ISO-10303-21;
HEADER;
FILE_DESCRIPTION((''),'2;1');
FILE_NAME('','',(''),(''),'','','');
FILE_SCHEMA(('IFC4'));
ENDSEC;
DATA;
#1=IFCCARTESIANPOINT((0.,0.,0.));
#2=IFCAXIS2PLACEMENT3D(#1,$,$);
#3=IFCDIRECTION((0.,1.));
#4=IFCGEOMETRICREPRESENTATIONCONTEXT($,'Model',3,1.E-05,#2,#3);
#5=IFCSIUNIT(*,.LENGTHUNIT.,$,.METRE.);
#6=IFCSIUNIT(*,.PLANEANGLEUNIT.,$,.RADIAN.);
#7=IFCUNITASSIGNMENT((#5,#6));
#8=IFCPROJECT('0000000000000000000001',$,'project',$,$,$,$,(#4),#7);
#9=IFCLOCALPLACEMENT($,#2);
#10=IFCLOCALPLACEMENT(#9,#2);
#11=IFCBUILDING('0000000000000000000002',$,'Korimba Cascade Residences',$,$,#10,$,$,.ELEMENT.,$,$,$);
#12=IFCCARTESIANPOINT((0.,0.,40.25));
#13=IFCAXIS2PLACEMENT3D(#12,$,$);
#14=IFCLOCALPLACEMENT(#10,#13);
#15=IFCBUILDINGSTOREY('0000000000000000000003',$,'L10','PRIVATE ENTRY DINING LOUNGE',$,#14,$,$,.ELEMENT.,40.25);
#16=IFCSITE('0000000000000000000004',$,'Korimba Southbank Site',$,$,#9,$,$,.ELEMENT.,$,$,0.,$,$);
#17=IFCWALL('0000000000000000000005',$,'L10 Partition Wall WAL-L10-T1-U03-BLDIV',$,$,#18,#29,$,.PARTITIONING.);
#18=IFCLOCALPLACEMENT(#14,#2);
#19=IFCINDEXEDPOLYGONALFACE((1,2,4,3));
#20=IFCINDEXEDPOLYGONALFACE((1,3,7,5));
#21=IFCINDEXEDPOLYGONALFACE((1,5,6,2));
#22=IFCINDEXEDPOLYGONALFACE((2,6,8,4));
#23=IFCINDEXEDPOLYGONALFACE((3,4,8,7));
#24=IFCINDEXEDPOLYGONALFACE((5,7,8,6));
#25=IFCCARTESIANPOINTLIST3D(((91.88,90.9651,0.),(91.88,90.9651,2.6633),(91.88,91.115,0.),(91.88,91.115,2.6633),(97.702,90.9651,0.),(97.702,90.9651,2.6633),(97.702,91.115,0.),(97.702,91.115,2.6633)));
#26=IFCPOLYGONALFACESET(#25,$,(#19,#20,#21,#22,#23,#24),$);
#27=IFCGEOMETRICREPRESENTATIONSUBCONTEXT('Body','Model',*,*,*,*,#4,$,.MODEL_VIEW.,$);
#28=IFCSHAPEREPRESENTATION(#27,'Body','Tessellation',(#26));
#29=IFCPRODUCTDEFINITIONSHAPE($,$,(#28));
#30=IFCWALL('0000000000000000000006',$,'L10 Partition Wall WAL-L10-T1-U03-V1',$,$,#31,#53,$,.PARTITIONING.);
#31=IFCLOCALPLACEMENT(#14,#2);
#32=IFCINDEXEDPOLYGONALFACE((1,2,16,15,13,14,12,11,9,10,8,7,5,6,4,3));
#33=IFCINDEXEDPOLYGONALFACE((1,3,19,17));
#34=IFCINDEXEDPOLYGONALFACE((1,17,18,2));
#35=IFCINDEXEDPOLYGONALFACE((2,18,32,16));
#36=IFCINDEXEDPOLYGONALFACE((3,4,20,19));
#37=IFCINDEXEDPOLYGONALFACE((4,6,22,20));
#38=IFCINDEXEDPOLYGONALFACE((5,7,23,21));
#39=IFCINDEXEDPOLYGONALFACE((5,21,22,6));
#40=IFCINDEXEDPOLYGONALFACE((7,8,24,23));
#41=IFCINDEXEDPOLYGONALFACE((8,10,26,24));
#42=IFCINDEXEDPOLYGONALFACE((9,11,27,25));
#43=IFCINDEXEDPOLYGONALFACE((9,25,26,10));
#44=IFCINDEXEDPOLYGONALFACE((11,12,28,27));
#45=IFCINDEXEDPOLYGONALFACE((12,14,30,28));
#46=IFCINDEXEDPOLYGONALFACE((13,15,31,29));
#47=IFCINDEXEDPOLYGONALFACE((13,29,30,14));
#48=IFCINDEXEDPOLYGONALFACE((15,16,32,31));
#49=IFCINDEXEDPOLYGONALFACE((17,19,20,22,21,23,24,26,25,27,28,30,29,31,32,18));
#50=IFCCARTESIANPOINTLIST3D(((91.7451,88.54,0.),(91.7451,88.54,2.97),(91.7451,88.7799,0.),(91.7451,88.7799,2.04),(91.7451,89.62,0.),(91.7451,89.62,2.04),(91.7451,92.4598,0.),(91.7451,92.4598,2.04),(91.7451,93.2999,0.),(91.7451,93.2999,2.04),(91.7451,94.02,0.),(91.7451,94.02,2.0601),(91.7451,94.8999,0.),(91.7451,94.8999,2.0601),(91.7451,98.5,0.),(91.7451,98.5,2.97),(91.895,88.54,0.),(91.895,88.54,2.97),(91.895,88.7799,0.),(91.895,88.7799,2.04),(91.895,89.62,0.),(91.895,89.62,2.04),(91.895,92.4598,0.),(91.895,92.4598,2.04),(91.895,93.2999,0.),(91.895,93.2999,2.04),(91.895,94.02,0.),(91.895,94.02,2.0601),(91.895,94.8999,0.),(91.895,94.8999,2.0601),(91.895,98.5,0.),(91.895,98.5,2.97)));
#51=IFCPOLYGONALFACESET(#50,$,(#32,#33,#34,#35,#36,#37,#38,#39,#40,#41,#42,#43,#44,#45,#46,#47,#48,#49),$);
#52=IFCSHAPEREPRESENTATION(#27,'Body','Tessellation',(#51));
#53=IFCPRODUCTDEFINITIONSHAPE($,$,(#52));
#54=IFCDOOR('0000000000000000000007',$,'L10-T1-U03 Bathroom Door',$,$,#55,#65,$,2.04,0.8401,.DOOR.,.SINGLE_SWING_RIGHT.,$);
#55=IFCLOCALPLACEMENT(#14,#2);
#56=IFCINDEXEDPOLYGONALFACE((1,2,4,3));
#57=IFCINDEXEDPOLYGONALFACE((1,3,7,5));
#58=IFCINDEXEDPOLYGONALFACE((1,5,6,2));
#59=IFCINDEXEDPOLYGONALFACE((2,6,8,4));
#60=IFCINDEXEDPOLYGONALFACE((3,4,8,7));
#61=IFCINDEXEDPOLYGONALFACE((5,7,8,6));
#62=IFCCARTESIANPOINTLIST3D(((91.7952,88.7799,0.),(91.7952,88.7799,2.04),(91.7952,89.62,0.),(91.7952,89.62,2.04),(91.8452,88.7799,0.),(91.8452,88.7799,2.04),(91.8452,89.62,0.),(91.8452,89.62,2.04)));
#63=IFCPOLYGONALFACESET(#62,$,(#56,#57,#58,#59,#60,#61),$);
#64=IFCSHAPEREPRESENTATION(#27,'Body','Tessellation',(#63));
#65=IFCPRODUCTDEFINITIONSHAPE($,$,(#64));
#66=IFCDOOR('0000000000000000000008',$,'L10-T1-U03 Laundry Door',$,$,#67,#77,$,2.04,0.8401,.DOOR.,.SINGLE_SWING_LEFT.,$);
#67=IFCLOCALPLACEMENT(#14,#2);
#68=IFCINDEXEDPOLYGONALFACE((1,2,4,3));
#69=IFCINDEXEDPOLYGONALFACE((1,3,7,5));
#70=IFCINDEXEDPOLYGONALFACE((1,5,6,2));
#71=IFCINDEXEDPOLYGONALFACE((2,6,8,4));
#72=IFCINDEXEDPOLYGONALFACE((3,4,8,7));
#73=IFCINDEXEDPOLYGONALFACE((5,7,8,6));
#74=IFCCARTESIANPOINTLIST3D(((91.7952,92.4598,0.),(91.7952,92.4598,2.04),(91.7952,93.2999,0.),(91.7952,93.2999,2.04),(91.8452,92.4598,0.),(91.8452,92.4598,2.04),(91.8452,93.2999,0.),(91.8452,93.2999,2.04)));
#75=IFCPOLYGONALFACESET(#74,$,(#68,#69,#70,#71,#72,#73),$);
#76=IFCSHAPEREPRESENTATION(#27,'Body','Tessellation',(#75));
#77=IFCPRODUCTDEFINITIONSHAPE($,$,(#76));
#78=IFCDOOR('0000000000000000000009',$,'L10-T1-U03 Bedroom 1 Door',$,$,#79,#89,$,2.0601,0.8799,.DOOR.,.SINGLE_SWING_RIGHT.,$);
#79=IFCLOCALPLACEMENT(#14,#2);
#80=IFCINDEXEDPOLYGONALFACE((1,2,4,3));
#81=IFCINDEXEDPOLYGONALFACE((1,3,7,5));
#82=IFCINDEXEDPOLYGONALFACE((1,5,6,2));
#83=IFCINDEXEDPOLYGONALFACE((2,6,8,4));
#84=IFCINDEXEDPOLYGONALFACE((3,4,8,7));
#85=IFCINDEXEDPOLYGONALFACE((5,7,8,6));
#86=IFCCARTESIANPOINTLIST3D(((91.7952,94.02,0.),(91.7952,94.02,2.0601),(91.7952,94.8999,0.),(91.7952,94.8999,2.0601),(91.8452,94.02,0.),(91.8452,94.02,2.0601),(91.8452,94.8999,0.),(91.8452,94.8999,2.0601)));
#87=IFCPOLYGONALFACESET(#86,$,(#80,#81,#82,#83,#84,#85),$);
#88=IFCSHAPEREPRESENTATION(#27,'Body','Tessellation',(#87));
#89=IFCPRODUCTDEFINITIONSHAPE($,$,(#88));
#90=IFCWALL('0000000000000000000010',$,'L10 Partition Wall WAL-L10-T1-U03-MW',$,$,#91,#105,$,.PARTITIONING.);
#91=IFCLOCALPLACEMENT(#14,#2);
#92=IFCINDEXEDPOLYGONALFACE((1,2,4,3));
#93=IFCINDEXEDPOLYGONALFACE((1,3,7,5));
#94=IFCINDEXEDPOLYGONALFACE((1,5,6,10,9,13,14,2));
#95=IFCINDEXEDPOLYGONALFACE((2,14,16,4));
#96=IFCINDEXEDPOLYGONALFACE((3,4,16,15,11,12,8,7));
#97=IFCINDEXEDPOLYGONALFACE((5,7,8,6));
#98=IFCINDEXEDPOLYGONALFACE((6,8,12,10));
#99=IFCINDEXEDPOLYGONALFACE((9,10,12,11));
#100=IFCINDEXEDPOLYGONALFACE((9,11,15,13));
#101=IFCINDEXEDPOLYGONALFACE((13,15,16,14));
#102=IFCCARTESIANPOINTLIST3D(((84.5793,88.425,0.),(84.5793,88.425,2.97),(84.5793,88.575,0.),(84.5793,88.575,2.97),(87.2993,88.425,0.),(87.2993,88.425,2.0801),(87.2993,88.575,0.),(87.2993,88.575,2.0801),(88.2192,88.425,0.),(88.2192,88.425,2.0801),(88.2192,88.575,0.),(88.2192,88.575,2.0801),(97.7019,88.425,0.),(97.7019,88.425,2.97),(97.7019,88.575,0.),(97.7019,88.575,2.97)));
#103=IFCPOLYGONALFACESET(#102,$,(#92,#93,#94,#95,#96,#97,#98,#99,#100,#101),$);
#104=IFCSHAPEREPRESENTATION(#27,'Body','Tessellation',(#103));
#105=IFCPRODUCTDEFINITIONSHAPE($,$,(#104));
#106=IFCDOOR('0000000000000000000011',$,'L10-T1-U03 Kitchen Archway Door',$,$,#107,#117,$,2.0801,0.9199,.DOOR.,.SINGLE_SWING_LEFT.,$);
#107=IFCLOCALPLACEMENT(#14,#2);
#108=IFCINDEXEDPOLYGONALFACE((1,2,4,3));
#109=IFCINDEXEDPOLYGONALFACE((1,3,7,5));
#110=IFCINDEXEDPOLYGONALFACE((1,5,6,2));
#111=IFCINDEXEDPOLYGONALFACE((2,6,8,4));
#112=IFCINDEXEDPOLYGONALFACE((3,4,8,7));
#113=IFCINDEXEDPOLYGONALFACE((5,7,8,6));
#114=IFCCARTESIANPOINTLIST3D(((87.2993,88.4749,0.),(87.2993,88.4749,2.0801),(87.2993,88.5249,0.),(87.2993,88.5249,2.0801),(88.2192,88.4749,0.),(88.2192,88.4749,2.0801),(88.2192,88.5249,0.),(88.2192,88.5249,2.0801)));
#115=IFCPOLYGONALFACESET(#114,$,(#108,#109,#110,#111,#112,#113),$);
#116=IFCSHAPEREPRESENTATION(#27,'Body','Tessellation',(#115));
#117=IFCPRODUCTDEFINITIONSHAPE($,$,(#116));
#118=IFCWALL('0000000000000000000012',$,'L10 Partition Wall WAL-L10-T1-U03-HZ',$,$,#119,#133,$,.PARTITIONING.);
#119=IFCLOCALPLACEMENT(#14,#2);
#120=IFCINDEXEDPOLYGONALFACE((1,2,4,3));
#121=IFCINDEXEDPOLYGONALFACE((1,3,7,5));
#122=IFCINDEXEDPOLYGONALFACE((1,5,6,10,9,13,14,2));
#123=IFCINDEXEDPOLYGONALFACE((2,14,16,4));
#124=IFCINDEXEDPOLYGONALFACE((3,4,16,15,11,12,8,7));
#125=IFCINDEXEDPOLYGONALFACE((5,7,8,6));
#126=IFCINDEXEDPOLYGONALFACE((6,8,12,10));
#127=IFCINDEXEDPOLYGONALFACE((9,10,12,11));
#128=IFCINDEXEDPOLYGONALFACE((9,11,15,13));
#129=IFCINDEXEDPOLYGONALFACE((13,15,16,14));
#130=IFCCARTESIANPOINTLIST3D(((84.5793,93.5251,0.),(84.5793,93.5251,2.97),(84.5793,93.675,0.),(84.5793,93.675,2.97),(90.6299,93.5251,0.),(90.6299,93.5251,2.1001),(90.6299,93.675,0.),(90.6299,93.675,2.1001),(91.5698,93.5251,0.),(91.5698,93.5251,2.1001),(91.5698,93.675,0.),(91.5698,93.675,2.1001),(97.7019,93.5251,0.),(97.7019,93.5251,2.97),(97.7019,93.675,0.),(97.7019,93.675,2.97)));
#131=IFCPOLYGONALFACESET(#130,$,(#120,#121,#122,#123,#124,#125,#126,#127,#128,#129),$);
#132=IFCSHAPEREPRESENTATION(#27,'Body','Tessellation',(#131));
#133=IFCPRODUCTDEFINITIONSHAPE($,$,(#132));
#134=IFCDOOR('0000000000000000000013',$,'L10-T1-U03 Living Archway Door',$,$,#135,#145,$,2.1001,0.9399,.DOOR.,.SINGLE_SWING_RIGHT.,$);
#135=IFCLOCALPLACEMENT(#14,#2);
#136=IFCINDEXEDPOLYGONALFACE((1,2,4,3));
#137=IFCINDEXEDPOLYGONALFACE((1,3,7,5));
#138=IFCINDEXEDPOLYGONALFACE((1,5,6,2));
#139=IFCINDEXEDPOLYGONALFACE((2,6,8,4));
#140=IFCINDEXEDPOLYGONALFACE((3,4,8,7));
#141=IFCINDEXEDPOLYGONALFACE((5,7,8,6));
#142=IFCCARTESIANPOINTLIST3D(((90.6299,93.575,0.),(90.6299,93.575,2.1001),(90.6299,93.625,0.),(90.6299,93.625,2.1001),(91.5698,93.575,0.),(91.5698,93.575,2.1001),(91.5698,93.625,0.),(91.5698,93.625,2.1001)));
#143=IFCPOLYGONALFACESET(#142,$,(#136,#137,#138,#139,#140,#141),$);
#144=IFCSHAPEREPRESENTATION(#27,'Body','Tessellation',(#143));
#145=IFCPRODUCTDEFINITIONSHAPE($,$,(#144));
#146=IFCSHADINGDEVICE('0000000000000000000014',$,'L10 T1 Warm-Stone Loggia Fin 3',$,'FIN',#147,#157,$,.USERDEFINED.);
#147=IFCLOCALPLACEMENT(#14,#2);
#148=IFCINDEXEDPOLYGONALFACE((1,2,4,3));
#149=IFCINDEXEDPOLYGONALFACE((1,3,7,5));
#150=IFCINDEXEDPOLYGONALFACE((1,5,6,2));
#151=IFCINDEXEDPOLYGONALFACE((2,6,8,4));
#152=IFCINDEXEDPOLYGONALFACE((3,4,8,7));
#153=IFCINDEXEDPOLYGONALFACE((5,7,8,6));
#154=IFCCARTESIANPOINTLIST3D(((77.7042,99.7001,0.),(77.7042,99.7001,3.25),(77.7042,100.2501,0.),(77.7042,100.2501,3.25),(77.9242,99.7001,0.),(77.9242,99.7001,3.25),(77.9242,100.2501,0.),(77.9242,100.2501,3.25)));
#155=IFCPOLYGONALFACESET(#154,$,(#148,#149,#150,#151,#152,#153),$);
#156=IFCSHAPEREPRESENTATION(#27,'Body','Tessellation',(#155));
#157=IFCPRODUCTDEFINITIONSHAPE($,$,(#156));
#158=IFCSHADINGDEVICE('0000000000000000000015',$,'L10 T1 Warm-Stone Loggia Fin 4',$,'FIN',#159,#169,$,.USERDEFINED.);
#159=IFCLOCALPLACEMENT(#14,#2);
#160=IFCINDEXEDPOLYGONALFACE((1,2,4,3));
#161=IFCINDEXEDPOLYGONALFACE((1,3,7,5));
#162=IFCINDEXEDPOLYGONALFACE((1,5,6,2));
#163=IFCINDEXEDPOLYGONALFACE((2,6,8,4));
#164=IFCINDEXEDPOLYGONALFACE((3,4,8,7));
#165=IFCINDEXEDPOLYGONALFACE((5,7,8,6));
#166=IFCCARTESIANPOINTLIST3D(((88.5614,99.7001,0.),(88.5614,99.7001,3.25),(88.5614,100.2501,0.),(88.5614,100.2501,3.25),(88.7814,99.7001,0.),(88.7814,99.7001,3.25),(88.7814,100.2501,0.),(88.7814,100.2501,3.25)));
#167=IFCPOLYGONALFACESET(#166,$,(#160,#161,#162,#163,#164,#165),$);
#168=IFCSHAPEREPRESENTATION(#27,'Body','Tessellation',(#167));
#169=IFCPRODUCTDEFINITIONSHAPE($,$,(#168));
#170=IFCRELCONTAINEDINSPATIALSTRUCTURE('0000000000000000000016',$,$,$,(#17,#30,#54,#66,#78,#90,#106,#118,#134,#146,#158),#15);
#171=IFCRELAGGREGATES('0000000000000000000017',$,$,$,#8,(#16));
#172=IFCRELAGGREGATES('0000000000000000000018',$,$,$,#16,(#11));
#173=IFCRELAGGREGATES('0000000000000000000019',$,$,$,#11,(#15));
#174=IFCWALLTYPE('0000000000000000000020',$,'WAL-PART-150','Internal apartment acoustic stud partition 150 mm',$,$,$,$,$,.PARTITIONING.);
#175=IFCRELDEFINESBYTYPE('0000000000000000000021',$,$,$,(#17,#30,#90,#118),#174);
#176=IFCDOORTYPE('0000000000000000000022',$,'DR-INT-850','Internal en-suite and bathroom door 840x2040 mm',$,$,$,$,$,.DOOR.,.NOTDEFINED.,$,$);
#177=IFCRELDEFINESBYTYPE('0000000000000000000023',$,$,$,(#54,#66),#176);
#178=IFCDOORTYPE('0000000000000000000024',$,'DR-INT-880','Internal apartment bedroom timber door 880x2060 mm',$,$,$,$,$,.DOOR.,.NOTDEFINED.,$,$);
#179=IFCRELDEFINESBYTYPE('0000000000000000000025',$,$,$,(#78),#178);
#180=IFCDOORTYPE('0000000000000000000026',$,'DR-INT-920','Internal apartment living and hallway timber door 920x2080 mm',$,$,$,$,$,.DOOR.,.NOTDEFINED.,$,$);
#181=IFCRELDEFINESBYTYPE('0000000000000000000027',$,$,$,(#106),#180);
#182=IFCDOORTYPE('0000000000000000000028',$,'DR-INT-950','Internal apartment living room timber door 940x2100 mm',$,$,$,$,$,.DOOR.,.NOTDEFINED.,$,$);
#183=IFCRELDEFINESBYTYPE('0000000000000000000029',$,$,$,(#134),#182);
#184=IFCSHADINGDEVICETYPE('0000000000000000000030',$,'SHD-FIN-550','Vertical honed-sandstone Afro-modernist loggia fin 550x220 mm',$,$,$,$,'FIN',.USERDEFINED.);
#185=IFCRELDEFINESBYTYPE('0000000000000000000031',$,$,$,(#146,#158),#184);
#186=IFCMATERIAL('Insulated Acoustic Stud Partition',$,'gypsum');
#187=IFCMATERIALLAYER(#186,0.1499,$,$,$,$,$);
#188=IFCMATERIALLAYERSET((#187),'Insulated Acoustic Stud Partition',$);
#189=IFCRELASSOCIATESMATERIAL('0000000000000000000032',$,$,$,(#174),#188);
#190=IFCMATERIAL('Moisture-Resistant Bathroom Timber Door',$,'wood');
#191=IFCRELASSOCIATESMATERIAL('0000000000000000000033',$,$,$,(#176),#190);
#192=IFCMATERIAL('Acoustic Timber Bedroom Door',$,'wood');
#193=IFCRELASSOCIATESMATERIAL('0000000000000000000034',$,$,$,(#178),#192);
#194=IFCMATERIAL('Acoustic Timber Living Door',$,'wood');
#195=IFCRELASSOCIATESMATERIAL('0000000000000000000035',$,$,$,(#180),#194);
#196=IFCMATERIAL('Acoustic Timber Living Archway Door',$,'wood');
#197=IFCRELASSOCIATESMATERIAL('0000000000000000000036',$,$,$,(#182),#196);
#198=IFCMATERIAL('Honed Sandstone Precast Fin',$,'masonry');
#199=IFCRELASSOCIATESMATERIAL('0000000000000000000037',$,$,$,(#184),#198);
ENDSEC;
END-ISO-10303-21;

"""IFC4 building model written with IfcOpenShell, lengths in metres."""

from ifc_helpers import new_model, si_unit, direction, frame, frame_2d, origin, origin_2d, place, context, subcontext, project, spatial, rectangle, extrude, material, layer, layer_set, type_object, element, fill, save


model = new_model("IFC4")

# Units and contexts
model_context = context("Model", 3, precision=1e-05, world=origin(), true_north=direction((0.0, 1.0)))
body_context = subcontext(model_context, "Body", "Model", "MODEL_VIEW")
ifc_project = project(units=[si_unit("LENGTHUNIT", "METRE"), si_unit("PLANEANGLEUNIT", "RADIAN")], contexts=[model_context])

# Site, building, storey
site_placement = place(None, origin())
site = spatial("IfcSite", under=ifc_project, at=site_placement, Name="Korimba Southbank Site", CompositionType="ELEMENT", RefElevation=0.0)
building_placement = place(site_placement, origin())
building = spatial("IfcBuilding", under=site, at=building_placement, Name="Korimba Cascade Residences", CompositionType="ELEMENT")
storey_placement = place(building_placement, frame((0.0, 0.0, 40.25)))
storey = spatial("IfcBuildingStorey", under=building, at=storey_placement, Name="L10", Description="PRIVATE ENTRY DINING LOUNGE", CompositionType="ELEMENT", Elevation=40.25)

# Wall
ifc_material_1 = material(Name="Insulated Acoustic Stud Partition", Category="gypsum")
ifc_layer = layer(ifc_material_1, 0.1499)
ifc_layer_set = layer_set([ifc_layer], Name="Insulated Acoustic Stud Partition")
wall_type = type_object("IfcWallType", Name="WAL-PART-150", Description="Internal apartment acoustic stud partition 150 mm", PredefinedType="PARTITIONING", material=ifc_layer_set)
wall_1_placement = place(storey_placement, frame((91.8799, 91.04, 0.0), z_axis=(0.0, 0.0, 1.0), x_axis=(1.0, 0.0, 0.0)))
element("IfcWall", 1, at=wall_1_placement, inside=storey, type_object=wall_type, Name="L10 Partition Wall WAL-L10-T1-U03-BLDIV", PredefinedType="PARTITIONING", context=body_context, shape_type="SweptSolid", body=[
    extrude(rectangle(XDim=5.822, YDim=0.1499, at=frame_2d((2.9111, 0.0))), origin(), (0.0, 0.0, 1.0), 2.6633),
])

# Wall, openings, doors
wall_2_placement = place(storey_placement, frame((91.8201, 88.54, 0.0), z_axis=(0.0, 0.0, 1.0), x_axis=(0.0, 1.0, 0.0)))
wall_2 = element("IfcWall", 2, at=wall_2_placement, inside=storey, type_object=wall_type, Name="L10 Partition Wall WAL-L10-T1-U03-V1", PredefinedType="PARTITIONING", context=body_context, shape_type="SweptSolid", body=[
    extrude(rectangle(XDim=9.96, YDim=0.1499, at=frame_2d((4.98, 0.0))), origin(), (0.0, 0.0, 1.0), 2.97),
])
opening_1_placement = place(wall_2_placement, frame((0.24, 0.0, 0.0)))
opening_1 = element("IfcOpeningElement", 3, at=opening_1_placement, cuts=wall_2, PredefinedType="OPENING", context=body_context, shape_type="SweptSolid", body=[
    extrude(rectangle(XDim=0.8401, YDim=2.04, at=frame_2d((0.4199, 1.02))), frame((0.0, 0.085, 0.0), z_axis=(0.0, -1.0, 0.0), x_axis=(1.0, 0.0, 0.0)), (0.0, 0.0, 1.0), 0.1699),
])
opening_2_placement = place(wall_2_placement, frame((3.9199, 0.0, 0.0)))
opening_2 = element("IfcOpeningElement", 4, at=opening_2_placement, cuts=wall_2, PredefinedType="OPENING", context=body_context, shape_type="SweptSolid", body=[
    extrude(rectangle(XDim=0.8401, YDim=2.04, at=frame_2d((0.4199, 1.02))), frame((0.0, 0.085, 0.0), z_axis=(0.0, -1.0, 0.0), x_axis=(1.0, 0.0, 0.0)), (0.0, 0.0, 1.0), 0.1699),
])
opening_3_placement = place(wall_2_placement, frame((5.48, 0.0, 0.0)))
opening_3 = element("IfcOpeningElement", 5, at=opening_3_placement, cuts=wall_2, PredefinedType="OPENING", context=body_context, shape_type="SweptSolid", body=[
    extrude(rectangle(XDim=0.8799, YDim=2.0601, at=frame_2d((0.4399, 1.03))), frame((0.0, 0.085, 0.0), z_axis=(0.0, -1.0, 0.0), x_axis=(1.0, 0.0, 0.0)), (0.0, 0.0, 1.0), 0.1699),
])
ifc_material_2 = material(Name="Moisture-Resistant Bathroom Timber Door", Category="wood")
door_type_1 = type_object("IfcDoorType", Name="DR-INT-850", Description="Internal en-suite and bathroom door 840x2040 mm", OperationType="NOTDEFINED", PredefinedType="DOOR", material=ifc_material_2)
door_1_placement = place(opening_1_placement, origin())
door_1 = element("IfcDoor", 6, at=door_1_placement, inside=storey, type_object=door_type_1, Name="L10-T1-U03 Bathroom Door", OperationType="SINGLE_SWING_RIGHT", OverallHeight=2.04, OverallWidth=0.8401, PredefinedType="DOOR", context=body_context, shape_type="SweptSolid", body=[
    extrude(rectangle(XDim=0.8401, YDim=2.04, at=frame_2d((0.4199, 1.02))), frame((0.0, 0.0249, 0.0), z_axis=(0.0, -1.0, 0.0), x_axis=(1.0, 0.0, 0.0)), (0.0, 0.0, 1.0), 0.05),
])
fill(opening_1, door_1)
door_2_placement = place(opening_2_placement, origin())
door_2 = element("IfcDoor", 7, at=door_2_placement, inside=storey, type_object=door_type_1, Name="L10-T1-U03 Laundry Door", OperationType="SINGLE_SWING_LEFT", OverallHeight=2.04, OverallWidth=0.8401, PredefinedType="DOOR", context=body_context, shape_type="SweptSolid", body=[
    extrude(rectangle(XDim=0.8401, YDim=2.04, at=frame_2d((0.4199, 1.02))), frame((0.0, 0.0249, 0.0), z_axis=(0.0, -1.0, 0.0), x_axis=(1.0, 0.0, 0.0)), (0.0, 0.0, 1.0), 0.05),
])
fill(opening_2, door_2)
ifc_material_3 = material(Name="Acoustic Timber Bedroom Door", Category="wood")
door_type_2 = type_object("IfcDoorType", Name="DR-INT-880", Description="Internal apartment bedroom timber door 880x2060 mm", OperationType="NOTDEFINED", PredefinedType="DOOR", material=ifc_material_3)
door_3_placement = place(opening_3_placement, origin())
door_3 = element("IfcDoor", 8, at=door_3_placement, inside=storey, type_object=door_type_2, Name="L10-T1-U03 Bedroom 1 Door", OperationType="SINGLE_SWING_RIGHT", OverallHeight=2.0601, OverallWidth=0.8799, PredefinedType="DOOR", context=body_context, shape_type="SweptSolid", body=[
    extrude(rectangle(XDim=0.8799, YDim=2.0601, at=frame_2d((0.4399, 1.03))), frame((0.0, 0.0249, 0.0), z_axis=(0.0, -1.0, 0.0), x_axis=(1.0, 0.0, 0.0)), (0.0, 0.0, 1.0), 0.05),
])
fill(opening_3, door_3)

# Walls, openings, doors
wall_3_placement = place(storey_placement, frame((84.5793, 88.5, 0.0), z_axis=(0.0, 0.0, 1.0), x_axis=(1.0, 0.0, 0.0)))
wall_3 = element("IfcWall", 9, at=wall_3_placement, inside=storey, type_object=wall_type, Name="L10 Partition Wall WAL-L10-T1-U03-MW", PredefinedType="PARTITIONING", context=body_context, shape_type="SweptSolid", body=[
    extrude(rectangle(XDim=13.1226, YDim=0.1499, at=frame_2d((6.5613, 0.0))), origin(), (0.0, 0.0, 1.0), 2.97),
])
opening_4_placement = place(wall_3_placement, frame((2.72, 0.0, 0.0)))
opening_4 = element("IfcOpeningElement", 10, at=opening_4_placement, cuts=wall_3, PredefinedType="OPENING", context=body_context, shape_type="SweptSolid", body=[
    extrude(rectangle(XDim=0.9199, YDim=2.0801, at=frame_2d((0.46, 1.04))), frame((0.0, 0.085, 0.0), z_axis=(0.0, -1.0, 0.0), x_axis=(1.0, 0.0, 0.0)), (0.0, 0.0, 1.0), 0.1699),
])
ifc_material_4 = material(Name="Acoustic Timber Living Door", Category="wood")
door_type_3 = type_object("IfcDoorType", Name="DR-INT-920", Description="Internal apartment living and hallway timber door 920x2080 mm", OperationType="NOTDEFINED", PredefinedType="DOOR", material=ifc_material_4)
door_4_placement = place(opening_4_placement, origin())
door_4 = element("IfcDoor", 11, at=door_4_placement, inside=storey, type_object=door_type_3, Name="L10-T1-U03 Kitchen Archway Door", OperationType="SINGLE_SWING_LEFT", OverallHeight=2.0801, OverallWidth=0.9199, PredefinedType="DOOR", context=body_context, shape_type="SweptSolid", body=[
    extrude(rectangle(XDim=0.9199, YDim=2.0801, at=frame_2d((0.46, 1.04))), frame((0.0, 0.0249, 0.0), z_axis=(0.0, -1.0, 0.0), x_axis=(1.0, 0.0, 0.0)), (0.0, 0.0, 1.0), 0.05),
])
fill(opening_4, door_4)
wall_4_placement = place(storey_placement, frame((84.5793, 93.6001, 0.0), z_axis=(0.0, 0.0, 1.0), x_axis=(1.0, 0.0, 0.0)))
wall_4 = element("IfcWall", 12, at=wall_4_placement, inside=storey, type_object=wall_type, Name="L10 Partition Wall WAL-L10-T1-U03-HZ", PredefinedType="PARTITIONING", context=body_context, shape_type="SweptSolid", body=[
    extrude(rectangle(XDim=13.1226, YDim=0.1499, at=frame_2d((6.5613, 0.0))), origin(), (0.0, 0.0, 1.0), 2.97),
])
opening_5_placement = place(wall_4_placement, frame((6.0505, 0.0, 0.0)))
opening_5 = element("IfcOpeningElement", 13, at=opening_5_placement, cuts=wall_4, PredefinedType="OPENING", context=body_context, shape_type="SweptSolid", body=[
    extrude(rectangle(XDim=0.9399, YDim=2.1001, at=frame_2d((0.47, 1.05))), frame((0.0, 0.085, 0.0), z_axis=(0.0, -1.0, 0.0), x_axis=(1.0, 0.0, 0.0)), (0.0, 0.0, 1.0), 0.1699),
])
ifc_material_5 = material(Name="Acoustic Timber Living Archway Door", Category="wood")
door_type_4 = type_object("IfcDoorType", Name="DR-INT-950", Description="Internal apartment living room timber door 940x2100 mm", OperationType="NOTDEFINED", PredefinedType="DOOR", material=ifc_material_5)
door_5_placement = place(opening_5_placement, origin())
door_5 = element("IfcDoor", 14, at=door_5_placement, inside=storey, type_object=door_type_4, Name="L10-T1-U03 Living Archway Door", OperationType="SINGLE_SWING_RIGHT", OverallHeight=2.1001, OverallWidth=0.9399, PredefinedType="DOOR", context=body_context, shape_type="SweptSolid", body=[
    extrude(rectangle(XDim=0.9399, YDim=2.1001, at=frame_2d((0.47, 1.05))), frame((0.0, 0.0249, 0.0), z_axis=(0.0, -1.0, 0.0), x_axis=(1.0, 0.0, 0.0)), (0.0, 0.0, 1.0), 0.05),
])
fill(opening_5, door_5)

# Shading devices
ifc_material_6 = material(Name="Honed Sandstone Precast Fin", Category="masonry")
shading_device_type = type_object("IfcShadingDeviceType", Name="SHD-FIN-550", Description="Vertical honed-sandstone Afro-modernist loggia fin 550x220 mm", ElementType="FIN", PredefinedType="USERDEFINED", material=ifc_material_6)
for number, where, z_axis, x_axis, name in (
    (15, (77.8142, 99.9751, 0.0), (0.0, 0.0, 1.0), (1.0, 0.0, 0.0), "L10 T1 Warm-Stone Loggia Fin 3"),
    (16, (88.6714, 99.9751, 0.0), (0.0, 0.0, 1.0), (1.0, 0.0, 0.0), "L10 T1 Warm-Stone Loggia Fin 4"),
):
    element("IfcShadingDevice", number, at=place(storey_placement, frame(where, z_axis=z_axis, x_axis=x_axis)), inside=storey, type_object=shading_device_type, Name=name, ObjectType="FIN", PredefinedType="USERDEFINED", context=body_context, shape_type="SweptSolid", body=[
        extrude(rectangle(XDim=0.22, YDim=0.55, at=origin_2d()), origin(), (0.0, 0.0, 1.0), 3.25),
    ])

save(model, "model.ifc")
